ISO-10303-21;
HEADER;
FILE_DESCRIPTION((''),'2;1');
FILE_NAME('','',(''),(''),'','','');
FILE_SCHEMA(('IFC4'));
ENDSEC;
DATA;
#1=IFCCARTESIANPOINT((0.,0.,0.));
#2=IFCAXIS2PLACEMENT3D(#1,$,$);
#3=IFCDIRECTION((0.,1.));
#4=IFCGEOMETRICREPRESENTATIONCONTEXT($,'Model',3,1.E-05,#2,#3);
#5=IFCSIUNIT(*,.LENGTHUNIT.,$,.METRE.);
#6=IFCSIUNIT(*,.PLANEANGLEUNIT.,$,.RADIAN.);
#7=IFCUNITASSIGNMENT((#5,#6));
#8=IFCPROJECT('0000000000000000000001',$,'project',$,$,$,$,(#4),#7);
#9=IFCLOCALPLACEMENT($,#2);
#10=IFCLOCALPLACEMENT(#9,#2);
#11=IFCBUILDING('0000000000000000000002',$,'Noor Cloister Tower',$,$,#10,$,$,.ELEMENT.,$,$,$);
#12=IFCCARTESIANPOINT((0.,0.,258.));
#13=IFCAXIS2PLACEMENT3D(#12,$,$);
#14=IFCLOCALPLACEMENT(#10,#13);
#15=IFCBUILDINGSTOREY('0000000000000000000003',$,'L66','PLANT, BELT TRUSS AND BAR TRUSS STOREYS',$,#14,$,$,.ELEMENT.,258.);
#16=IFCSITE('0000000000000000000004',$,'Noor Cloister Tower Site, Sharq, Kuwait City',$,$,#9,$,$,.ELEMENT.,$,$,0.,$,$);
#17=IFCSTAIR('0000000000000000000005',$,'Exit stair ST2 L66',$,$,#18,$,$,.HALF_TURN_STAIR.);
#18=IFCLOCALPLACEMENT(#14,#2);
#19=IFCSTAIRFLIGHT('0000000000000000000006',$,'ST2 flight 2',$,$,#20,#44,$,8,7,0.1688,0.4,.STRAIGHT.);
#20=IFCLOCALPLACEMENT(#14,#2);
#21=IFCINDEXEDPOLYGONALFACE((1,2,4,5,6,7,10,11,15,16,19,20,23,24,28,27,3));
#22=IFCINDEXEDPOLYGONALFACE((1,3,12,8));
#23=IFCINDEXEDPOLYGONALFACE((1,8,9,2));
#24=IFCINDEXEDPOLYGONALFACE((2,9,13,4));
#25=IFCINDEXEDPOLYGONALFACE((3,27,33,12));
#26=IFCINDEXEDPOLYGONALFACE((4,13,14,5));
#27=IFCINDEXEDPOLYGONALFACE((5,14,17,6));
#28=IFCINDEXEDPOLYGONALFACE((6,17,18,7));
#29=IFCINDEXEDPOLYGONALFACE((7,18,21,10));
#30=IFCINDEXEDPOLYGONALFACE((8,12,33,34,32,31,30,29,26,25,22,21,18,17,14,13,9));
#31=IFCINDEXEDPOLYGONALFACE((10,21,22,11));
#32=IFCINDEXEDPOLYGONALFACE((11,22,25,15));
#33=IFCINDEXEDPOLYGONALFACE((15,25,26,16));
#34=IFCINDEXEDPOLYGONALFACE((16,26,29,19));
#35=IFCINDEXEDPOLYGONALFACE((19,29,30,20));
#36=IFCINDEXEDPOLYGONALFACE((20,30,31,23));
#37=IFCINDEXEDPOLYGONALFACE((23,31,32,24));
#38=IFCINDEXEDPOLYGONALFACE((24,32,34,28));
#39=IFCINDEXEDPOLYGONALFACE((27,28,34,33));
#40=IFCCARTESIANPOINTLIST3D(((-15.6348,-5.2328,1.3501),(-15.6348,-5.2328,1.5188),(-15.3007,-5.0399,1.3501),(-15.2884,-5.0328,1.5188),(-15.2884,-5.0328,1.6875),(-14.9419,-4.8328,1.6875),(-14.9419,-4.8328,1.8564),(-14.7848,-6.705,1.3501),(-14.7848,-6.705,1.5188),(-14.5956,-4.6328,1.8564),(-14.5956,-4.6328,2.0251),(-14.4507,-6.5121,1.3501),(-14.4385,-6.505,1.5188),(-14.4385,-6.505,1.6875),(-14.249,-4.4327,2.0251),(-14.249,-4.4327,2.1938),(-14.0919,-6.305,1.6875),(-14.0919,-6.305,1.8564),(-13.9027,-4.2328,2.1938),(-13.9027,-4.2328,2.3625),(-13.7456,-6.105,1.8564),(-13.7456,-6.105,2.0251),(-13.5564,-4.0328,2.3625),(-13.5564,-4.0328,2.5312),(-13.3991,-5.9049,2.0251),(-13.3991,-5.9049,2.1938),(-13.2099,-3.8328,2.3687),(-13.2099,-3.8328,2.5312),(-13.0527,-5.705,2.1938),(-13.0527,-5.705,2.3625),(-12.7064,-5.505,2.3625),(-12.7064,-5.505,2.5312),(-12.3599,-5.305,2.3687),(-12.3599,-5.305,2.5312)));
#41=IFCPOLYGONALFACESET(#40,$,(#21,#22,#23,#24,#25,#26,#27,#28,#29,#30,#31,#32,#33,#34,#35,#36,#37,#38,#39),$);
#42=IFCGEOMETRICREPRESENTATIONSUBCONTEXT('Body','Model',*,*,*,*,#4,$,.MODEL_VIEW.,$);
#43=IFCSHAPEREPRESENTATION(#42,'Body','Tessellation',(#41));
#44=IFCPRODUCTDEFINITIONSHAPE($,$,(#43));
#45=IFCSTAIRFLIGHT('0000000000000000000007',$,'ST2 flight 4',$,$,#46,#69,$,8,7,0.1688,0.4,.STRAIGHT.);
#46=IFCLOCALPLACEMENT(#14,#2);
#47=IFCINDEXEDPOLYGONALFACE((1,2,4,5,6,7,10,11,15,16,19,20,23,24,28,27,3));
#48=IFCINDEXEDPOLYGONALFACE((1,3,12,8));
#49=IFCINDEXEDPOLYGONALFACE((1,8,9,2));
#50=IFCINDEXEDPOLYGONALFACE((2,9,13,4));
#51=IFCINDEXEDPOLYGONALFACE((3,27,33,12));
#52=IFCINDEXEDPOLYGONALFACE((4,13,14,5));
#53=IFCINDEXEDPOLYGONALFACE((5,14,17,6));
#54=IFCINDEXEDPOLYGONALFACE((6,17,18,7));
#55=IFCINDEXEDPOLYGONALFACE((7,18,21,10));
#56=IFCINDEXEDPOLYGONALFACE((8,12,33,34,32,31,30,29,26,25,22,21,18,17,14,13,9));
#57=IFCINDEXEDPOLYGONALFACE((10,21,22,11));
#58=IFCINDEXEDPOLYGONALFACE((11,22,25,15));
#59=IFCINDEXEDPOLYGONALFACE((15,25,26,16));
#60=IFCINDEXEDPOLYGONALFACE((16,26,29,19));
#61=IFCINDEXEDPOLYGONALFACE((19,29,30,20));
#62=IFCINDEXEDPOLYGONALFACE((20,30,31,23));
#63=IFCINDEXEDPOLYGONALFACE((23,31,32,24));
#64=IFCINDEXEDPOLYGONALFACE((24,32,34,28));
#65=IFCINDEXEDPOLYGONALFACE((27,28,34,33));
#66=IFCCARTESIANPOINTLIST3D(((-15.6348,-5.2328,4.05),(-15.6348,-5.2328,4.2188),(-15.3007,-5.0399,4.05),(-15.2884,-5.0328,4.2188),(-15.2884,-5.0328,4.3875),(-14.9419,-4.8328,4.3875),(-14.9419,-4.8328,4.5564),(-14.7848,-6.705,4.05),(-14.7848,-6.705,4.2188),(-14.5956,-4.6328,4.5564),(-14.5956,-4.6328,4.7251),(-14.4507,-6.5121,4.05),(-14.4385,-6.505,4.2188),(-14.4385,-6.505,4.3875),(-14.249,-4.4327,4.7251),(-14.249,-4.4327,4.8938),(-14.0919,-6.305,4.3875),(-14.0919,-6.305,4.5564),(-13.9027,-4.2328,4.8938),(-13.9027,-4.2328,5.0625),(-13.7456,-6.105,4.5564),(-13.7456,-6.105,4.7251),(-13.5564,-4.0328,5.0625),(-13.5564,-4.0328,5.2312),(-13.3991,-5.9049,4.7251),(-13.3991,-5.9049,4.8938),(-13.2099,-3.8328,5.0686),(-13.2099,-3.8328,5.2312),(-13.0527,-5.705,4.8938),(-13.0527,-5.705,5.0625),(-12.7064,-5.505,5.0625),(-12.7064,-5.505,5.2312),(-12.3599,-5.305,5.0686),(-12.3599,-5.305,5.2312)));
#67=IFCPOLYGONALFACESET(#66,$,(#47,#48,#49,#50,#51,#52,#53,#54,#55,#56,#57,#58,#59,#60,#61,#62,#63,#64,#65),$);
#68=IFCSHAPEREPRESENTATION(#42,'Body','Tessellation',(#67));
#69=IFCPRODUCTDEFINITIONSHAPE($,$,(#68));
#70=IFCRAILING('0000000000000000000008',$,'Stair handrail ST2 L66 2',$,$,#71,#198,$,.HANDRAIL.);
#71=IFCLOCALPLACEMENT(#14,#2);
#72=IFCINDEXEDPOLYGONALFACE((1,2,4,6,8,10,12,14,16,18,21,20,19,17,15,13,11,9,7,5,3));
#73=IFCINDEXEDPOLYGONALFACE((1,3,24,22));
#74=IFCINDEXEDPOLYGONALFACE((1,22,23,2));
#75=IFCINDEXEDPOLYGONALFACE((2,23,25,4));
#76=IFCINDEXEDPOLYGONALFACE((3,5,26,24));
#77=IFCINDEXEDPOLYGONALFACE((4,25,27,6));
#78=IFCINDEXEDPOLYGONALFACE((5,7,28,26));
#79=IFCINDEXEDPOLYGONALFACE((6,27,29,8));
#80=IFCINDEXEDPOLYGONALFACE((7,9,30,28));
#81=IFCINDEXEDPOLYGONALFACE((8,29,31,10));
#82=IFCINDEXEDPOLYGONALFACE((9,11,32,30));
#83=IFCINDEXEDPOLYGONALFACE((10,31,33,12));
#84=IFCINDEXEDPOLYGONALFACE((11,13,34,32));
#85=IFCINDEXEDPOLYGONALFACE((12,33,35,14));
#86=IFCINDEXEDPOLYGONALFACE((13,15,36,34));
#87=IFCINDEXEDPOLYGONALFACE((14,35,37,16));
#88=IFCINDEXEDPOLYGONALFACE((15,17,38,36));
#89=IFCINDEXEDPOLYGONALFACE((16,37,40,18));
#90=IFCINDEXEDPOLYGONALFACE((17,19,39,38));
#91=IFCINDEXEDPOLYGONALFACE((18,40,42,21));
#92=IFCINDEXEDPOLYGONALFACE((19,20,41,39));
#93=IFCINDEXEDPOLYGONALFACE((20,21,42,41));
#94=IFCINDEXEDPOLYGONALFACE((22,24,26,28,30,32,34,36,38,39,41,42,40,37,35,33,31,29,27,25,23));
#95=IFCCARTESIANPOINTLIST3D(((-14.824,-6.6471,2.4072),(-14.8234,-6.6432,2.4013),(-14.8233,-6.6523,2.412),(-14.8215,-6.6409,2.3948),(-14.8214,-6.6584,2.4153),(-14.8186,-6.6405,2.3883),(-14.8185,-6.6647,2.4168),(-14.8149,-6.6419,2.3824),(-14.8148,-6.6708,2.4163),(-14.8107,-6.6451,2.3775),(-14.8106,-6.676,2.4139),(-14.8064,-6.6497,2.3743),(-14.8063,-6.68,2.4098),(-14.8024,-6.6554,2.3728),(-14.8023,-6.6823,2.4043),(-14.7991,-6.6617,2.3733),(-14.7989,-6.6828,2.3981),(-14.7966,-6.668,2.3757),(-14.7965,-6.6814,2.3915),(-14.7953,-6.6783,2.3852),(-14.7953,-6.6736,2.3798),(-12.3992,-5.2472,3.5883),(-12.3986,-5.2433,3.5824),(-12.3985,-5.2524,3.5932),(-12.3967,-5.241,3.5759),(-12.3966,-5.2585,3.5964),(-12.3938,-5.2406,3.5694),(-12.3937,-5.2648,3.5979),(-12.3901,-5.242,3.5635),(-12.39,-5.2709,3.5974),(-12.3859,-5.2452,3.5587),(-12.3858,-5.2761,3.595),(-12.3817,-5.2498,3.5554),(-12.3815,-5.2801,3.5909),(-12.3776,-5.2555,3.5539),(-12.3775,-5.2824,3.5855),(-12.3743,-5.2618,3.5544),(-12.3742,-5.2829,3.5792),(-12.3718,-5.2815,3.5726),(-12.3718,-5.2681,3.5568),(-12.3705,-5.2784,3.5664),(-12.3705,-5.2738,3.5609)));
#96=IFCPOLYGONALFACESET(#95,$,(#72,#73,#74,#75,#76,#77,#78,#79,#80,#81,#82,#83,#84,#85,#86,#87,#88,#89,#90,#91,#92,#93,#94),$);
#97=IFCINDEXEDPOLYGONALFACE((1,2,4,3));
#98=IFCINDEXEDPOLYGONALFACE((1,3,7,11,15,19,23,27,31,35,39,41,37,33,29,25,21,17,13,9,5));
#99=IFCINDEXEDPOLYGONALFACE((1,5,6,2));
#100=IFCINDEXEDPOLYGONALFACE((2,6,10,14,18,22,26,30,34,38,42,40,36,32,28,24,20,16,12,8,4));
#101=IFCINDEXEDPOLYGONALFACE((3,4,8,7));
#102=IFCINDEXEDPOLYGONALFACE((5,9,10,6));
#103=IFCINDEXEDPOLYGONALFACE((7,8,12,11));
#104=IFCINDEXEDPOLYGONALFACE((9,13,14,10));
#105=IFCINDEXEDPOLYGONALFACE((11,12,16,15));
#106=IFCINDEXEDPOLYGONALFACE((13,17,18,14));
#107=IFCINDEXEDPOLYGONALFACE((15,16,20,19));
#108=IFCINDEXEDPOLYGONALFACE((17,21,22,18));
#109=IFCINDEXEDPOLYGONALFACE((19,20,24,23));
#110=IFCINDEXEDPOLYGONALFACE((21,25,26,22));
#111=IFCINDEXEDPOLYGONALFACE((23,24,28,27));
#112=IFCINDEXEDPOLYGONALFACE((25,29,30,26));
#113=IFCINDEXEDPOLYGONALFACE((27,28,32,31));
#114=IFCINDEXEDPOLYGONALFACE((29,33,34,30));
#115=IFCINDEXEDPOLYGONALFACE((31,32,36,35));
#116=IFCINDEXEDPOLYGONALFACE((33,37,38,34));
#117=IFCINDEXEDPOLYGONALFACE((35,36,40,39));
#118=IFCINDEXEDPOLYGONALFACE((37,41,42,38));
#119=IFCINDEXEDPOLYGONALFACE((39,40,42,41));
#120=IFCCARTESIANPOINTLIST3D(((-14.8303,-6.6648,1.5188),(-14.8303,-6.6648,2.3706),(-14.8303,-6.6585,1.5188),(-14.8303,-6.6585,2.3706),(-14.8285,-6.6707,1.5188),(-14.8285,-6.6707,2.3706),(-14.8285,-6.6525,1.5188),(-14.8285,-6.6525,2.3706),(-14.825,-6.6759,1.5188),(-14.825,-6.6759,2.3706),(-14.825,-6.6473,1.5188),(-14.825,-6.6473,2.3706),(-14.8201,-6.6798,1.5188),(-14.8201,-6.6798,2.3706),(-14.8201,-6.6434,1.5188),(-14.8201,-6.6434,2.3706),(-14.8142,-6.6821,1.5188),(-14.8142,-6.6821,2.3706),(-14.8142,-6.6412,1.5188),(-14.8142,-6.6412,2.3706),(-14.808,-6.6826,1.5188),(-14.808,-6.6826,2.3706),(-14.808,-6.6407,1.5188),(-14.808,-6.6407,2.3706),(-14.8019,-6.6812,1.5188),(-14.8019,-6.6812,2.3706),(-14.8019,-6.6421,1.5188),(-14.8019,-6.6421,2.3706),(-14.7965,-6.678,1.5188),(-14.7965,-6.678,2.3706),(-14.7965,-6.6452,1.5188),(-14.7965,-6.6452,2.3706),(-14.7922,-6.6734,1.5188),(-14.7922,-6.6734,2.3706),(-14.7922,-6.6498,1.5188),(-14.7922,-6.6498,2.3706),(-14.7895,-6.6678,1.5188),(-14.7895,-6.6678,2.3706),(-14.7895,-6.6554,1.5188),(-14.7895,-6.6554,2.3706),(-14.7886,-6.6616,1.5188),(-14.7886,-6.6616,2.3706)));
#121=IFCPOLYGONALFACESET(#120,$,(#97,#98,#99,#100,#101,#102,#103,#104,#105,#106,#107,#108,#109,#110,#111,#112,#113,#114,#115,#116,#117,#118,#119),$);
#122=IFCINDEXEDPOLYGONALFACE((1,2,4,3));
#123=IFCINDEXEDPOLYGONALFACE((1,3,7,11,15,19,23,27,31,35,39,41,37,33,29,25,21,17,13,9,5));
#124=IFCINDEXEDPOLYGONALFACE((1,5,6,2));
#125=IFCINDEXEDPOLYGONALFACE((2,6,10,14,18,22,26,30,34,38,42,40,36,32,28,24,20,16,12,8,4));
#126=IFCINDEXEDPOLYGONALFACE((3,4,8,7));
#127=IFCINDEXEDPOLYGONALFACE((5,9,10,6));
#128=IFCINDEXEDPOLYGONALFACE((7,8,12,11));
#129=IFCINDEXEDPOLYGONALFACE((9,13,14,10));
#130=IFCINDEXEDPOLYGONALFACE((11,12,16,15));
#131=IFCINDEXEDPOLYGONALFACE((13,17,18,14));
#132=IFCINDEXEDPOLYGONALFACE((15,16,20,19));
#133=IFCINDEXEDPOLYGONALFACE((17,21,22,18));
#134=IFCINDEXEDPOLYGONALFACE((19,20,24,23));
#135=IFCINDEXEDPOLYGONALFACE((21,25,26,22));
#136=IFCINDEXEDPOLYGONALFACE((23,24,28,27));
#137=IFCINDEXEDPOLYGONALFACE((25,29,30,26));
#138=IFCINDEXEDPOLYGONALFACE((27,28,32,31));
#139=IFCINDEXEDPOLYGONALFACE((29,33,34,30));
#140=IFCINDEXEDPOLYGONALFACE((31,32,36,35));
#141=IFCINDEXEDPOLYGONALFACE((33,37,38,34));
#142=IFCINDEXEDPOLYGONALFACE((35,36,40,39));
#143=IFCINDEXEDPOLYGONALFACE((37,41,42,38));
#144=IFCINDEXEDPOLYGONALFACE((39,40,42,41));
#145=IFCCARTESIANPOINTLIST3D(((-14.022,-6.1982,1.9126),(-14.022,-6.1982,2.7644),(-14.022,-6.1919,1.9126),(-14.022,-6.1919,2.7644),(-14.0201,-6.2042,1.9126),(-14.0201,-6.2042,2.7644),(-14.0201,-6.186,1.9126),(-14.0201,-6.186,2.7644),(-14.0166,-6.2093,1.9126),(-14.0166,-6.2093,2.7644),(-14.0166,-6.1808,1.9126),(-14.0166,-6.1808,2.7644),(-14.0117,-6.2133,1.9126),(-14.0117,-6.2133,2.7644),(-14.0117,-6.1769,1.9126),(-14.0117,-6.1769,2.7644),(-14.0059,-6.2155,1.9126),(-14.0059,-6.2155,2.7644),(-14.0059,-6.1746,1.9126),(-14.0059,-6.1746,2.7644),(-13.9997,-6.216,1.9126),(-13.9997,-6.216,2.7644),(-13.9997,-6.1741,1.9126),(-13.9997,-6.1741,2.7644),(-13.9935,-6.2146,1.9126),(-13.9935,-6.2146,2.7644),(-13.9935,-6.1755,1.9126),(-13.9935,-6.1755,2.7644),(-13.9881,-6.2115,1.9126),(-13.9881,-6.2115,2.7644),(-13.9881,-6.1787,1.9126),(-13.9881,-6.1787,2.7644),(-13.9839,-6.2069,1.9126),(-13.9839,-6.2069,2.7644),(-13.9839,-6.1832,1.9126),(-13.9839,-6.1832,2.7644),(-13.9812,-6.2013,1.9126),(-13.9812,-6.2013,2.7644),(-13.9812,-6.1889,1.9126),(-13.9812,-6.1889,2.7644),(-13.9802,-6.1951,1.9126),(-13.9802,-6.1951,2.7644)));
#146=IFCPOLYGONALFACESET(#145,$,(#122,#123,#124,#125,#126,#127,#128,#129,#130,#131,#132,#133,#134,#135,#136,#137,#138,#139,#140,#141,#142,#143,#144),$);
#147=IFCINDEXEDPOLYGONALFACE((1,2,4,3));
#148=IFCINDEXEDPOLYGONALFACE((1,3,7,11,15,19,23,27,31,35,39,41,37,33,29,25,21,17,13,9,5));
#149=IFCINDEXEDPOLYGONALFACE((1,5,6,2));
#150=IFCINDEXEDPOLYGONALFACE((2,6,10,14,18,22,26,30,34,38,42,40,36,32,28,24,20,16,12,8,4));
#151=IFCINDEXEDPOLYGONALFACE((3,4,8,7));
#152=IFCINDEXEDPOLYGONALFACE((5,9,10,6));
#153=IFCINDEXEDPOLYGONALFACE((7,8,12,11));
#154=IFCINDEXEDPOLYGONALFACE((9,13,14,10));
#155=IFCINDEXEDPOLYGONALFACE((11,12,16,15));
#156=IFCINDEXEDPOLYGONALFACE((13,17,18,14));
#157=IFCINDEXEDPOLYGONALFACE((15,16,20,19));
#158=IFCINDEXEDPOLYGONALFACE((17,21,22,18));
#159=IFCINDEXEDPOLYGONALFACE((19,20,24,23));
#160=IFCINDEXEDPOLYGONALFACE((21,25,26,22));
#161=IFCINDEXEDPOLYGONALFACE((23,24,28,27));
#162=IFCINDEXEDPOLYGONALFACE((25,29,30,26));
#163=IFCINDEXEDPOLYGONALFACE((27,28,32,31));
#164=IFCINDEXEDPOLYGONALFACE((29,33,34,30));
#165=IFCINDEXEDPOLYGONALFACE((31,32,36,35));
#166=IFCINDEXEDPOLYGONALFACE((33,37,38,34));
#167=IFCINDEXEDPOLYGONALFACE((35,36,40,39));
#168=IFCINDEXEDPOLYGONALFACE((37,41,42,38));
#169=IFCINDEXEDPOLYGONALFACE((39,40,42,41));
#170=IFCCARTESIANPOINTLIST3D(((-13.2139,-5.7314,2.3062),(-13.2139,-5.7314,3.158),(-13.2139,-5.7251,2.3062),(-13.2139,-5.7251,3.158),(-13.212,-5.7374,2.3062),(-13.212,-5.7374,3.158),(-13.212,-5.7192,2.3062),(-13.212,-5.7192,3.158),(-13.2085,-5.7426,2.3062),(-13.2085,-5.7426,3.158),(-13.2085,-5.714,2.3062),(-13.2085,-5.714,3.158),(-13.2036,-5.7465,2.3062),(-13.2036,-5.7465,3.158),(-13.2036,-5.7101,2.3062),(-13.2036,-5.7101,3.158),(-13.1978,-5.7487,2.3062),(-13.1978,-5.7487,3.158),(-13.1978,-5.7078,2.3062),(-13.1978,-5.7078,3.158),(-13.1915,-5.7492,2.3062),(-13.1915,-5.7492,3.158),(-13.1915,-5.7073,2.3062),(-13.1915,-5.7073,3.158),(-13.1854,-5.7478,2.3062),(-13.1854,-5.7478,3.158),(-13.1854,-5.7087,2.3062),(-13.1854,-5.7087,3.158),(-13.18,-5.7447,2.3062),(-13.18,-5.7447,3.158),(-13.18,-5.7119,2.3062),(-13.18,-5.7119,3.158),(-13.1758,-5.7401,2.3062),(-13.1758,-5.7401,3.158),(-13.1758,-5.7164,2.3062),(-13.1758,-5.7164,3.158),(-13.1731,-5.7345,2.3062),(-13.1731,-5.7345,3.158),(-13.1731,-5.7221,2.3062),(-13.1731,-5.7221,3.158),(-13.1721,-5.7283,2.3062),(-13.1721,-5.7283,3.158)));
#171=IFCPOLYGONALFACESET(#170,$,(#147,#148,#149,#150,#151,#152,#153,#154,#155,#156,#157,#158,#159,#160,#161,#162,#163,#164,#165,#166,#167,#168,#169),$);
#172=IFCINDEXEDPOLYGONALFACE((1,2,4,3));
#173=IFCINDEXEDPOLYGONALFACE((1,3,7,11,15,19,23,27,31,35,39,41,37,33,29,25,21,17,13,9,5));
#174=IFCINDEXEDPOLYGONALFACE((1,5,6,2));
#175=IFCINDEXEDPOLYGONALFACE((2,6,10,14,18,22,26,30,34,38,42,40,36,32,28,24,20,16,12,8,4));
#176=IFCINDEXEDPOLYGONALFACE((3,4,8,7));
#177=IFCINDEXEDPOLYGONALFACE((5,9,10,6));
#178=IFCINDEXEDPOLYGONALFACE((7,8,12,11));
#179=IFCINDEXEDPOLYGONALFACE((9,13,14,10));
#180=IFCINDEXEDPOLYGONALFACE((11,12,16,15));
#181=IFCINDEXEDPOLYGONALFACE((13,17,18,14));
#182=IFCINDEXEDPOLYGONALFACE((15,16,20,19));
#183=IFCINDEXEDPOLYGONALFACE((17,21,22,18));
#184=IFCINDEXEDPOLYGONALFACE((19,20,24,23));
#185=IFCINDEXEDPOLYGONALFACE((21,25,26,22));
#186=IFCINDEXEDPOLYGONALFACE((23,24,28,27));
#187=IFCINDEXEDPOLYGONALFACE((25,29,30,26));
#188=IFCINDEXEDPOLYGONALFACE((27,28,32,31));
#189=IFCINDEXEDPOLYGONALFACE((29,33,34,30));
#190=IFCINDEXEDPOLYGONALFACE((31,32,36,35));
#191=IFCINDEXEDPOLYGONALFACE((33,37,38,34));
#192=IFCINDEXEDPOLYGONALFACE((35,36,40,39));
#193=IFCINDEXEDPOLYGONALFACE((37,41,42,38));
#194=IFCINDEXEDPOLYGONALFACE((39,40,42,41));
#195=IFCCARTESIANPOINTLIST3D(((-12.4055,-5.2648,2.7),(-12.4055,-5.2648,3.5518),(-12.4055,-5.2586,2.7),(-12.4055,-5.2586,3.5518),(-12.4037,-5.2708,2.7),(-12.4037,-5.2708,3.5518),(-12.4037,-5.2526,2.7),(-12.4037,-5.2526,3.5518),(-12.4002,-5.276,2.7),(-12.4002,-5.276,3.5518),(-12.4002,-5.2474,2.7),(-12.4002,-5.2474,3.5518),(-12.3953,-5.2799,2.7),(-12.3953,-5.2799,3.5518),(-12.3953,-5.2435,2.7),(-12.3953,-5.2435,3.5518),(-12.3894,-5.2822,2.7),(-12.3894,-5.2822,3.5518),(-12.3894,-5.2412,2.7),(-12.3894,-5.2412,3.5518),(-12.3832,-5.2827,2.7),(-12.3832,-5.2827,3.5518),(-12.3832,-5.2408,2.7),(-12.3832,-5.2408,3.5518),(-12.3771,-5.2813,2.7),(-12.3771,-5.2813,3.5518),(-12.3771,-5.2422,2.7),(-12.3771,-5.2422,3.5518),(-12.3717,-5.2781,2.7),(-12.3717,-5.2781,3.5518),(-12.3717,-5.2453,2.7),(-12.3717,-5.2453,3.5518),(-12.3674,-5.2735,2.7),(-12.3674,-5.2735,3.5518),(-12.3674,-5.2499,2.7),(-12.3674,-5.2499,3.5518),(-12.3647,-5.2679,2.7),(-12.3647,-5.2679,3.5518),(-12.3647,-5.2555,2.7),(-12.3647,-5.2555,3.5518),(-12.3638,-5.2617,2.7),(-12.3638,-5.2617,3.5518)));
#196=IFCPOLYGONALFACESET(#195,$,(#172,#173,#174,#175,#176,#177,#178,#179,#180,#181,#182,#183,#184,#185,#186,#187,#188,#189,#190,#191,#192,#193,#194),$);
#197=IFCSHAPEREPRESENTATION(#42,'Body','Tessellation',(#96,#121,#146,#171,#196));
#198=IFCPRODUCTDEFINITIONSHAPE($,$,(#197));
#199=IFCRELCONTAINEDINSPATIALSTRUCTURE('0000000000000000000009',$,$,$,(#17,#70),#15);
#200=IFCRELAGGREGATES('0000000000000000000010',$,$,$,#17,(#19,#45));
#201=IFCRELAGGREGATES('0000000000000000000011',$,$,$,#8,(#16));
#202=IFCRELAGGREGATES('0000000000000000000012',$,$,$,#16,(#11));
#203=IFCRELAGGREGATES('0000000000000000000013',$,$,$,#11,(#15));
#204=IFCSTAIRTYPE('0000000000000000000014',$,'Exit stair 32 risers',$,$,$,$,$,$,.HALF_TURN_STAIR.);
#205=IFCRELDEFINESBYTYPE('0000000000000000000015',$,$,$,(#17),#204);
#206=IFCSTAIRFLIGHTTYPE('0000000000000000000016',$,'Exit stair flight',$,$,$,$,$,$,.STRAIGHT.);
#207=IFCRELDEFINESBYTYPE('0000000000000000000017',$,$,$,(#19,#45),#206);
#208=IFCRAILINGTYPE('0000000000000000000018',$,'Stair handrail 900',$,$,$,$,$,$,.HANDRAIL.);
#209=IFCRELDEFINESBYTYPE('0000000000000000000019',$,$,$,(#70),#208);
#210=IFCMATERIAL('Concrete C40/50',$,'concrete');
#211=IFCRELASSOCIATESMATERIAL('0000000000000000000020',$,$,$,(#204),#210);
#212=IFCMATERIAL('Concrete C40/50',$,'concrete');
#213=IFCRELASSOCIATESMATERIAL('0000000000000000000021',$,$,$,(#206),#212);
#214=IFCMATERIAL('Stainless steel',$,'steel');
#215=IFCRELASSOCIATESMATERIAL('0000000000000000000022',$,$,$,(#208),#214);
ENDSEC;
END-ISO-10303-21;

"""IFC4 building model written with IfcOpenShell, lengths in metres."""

from ifc_helpers import new_model, si_unit, direction, frame, origin, origin_2d, place, context, subcontext, project, spatial, polyline, circle, outline, extrude, material, type_object, element, aggregate, save


model = new_model("IFC4")

# Units and contexts
model_context = context("Model", 3, precision=1e-05, world=origin(), true_north=direction((0.0, 1.0)))
body_context = subcontext(model_context, "Body", "Model", "MODEL_VIEW")
ifc_project = project(units=[si_unit("LENGTHUNIT", "METRE"), si_unit("PLANEANGLEUNIT", "RADIAN")], contexts=[model_context])

# Site, building, storey
site_placement = place(None, origin())
site = spatial("IfcSite", under=ifc_project, at=site_placement, Name="Noor Cloister Tower Site, Sharq, Kuwait City", CompositionType="ELEMENT", RefElevation=0.0)
building_placement = place(site_placement, origin())
building = spatial("IfcBuilding", under=site, at=building_placement, Name="Noor Cloister Tower", CompositionType="ELEMENT")
storey_placement = place(building_placement, frame((0.0, 0.0, 258.0)))
storey = spatial("IfcBuildingStorey", under=building, at=storey_placement, Name="L66", Description="PLANT, BELT TRUSS AND BAR TRUSS STOREYS", CompositionType="ELEMENT", Elevation=258.0)

# Stair, stair flights
ifc_material_1 = material(Name="Concrete C40/50", Category="concrete")
stair_type = type_object("IfcStairType", Name="Exit stair 32 risers", PredefinedType="HALF_TURN_STAIR", material=ifc_material_1)
stair_placement = place(storey_placement, origin())
stair = element("IfcStair", 1, at=stair_placement, inside=storey, type_object=stair_type, Name="Exit stair ST2 L66", PredefinedType="HALF_TURN_STAIR")
ifc_material_2 = material(Name="Concrete C40/50", Category="concrete")
stair_flight_type = type_object("IfcStairFlightType", Name="Exit stair flight", PredefinedType="STRAIGHT", material=ifc_material_2)
stair_flight_1_placement = place(storey_placement, frame((-15.2097, -5.969, 1.3501), z_axis=(0.0, 0.0, 1.0), x_axis=(0.866025, 0.5, 0.0)))
stair_flight_1 = element("IfcStairFlight", 2, at=stair_flight_1_placement, type_object=stair_flight_type, Name="ST2 flight 2", NumberOfRisers=8, NumberOfTreads=7, PredefinedType="STRAIGHT", RiserHeight=0.1688, TreadLength=0.4, context=body_context, shape_type="SweptSolid", body=[
    extrude(outline(polyline([(0.0, 0.0), (0.0, 0.1687), (0.3999, 0.1687), (0.3999, 0.3374), (0.8, 0.3374), (0.8, 0.5063), (1.2, 0.5063), (1.2, 0.675), (1.6001, 0.675), (1.6001, 0.8438), (2.0, 0.8438), (2.0, 1.0125), (2.3999, 1.0125), (2.3999, 1.1812), (2.8, 1.1812), (2.8, 1.3501), (2.8, 1.0186), (0.3857, 0.0), (0.0, 0.0)])), frame((0.0, 0.8501, 0.0), z_axis=(0.0, -1.0, 0.0), x_axis=(1.0, 0.0, 0.0)), (0.0, 0.0, 1.0), 1.7),
])
stair_flight_2_placement = place(storey_placement, frame((-15.2097, -5.969, 4.05), z_axis=(0.0, 0.0, 1.0), x_axis=(0.866025, 0.5, 0.0)))
stair_flight_2 = element("IfcStairFlight", 3, at=stair_flight_2_placement, type_object=stair_flight_type, Name="ST2 flight 4", NumberOfRisers=8, NumberOfTreads=7, PredefinedType="STRAIGHT", RiserHeight=0.1688, TreadLength=0.4, context=body_context, shape_type="SweptSolid", body=[
    extrude(outline(polyline([(0.0, 0.0), (0.0, 0.1687), (0.3999, 0.1687), (0.3999, 0.3374), (0.8, 0.3374), (0.8, 0.5063), (1.2, 0.5063), (1.2, 0.675), (1.6001, 0.675), (1.6001, 0.8438), (2.0, 0.8438), (2.0, 1.0125), (2.3999, 1.0125), (2.3999, 1.1812), (2.8, 1.1812), (2.8, 1.3501), (2.8, 1.0186), (0.3857, 0.0), (0.0, 0.0)])), frame((0.0, 0.8501, 0.0), z_axis=(0.0, -1.0, 0.0), x_axis=(1.0, 0.0, 0.0)), (0.0, 0.0, 1.0), 1.7),
])
aggregate(stair, [stair_flight_1, stair_flight_2])

# Railing
ifc_material_3 = material(Name="Stainless steel", Category="steel")
railing_type = type_object("IfcRailingType", Name="Stair handrail 900", PredefinedType="HANDRAIL", material=ifc_material_3)
for number, where, name in (
    (4, (-14.8096, -6.6616, 1.5188), "Stair handrail ST2 L66 2"),
):
    element("IfcRailing", number, at=place(storey_placement, frame(where)), inside=storey, type_object=railing_type, Name=name, PredefinedType="HANDRAIL", context=body_context, shape_type="SweptSolid", body=[
        extrude(circle(Radius=0.0239, at=origin_2d()), frame((0.0, 0.0, 0.876), z_axis=(0.797939, 0.460671, 0.388686), x_axis=(-0.499984, 0.866035, 0.0)), (0.0, 0.0, 1.0), 3.0388),
        extrude(circle(Radius=0.021, at=origin_2d()), origin(), (0.0, 0.0, 1.0), 0.8518),
        extrude(circle(Radius=0.021, at=origin_2d()), frame((0.8083, 0.4666, 0.3938)), (0.0, 0.0, 1.0), 0.8518),
        extrude(circle(Radius=0.021, at=origin_2d()), frame((1.6165, 0.9333, 0.7874)), (0.0, 0.0, 1.0), 0.8518),
        extrude(circle(Radius=0.021, at=origin_2d()), frame((2.4248, 1.3999, 1.1812)), (0.0, 0.0, 1.0), 0.8518),
    ])

save(model, "model.ifc")
